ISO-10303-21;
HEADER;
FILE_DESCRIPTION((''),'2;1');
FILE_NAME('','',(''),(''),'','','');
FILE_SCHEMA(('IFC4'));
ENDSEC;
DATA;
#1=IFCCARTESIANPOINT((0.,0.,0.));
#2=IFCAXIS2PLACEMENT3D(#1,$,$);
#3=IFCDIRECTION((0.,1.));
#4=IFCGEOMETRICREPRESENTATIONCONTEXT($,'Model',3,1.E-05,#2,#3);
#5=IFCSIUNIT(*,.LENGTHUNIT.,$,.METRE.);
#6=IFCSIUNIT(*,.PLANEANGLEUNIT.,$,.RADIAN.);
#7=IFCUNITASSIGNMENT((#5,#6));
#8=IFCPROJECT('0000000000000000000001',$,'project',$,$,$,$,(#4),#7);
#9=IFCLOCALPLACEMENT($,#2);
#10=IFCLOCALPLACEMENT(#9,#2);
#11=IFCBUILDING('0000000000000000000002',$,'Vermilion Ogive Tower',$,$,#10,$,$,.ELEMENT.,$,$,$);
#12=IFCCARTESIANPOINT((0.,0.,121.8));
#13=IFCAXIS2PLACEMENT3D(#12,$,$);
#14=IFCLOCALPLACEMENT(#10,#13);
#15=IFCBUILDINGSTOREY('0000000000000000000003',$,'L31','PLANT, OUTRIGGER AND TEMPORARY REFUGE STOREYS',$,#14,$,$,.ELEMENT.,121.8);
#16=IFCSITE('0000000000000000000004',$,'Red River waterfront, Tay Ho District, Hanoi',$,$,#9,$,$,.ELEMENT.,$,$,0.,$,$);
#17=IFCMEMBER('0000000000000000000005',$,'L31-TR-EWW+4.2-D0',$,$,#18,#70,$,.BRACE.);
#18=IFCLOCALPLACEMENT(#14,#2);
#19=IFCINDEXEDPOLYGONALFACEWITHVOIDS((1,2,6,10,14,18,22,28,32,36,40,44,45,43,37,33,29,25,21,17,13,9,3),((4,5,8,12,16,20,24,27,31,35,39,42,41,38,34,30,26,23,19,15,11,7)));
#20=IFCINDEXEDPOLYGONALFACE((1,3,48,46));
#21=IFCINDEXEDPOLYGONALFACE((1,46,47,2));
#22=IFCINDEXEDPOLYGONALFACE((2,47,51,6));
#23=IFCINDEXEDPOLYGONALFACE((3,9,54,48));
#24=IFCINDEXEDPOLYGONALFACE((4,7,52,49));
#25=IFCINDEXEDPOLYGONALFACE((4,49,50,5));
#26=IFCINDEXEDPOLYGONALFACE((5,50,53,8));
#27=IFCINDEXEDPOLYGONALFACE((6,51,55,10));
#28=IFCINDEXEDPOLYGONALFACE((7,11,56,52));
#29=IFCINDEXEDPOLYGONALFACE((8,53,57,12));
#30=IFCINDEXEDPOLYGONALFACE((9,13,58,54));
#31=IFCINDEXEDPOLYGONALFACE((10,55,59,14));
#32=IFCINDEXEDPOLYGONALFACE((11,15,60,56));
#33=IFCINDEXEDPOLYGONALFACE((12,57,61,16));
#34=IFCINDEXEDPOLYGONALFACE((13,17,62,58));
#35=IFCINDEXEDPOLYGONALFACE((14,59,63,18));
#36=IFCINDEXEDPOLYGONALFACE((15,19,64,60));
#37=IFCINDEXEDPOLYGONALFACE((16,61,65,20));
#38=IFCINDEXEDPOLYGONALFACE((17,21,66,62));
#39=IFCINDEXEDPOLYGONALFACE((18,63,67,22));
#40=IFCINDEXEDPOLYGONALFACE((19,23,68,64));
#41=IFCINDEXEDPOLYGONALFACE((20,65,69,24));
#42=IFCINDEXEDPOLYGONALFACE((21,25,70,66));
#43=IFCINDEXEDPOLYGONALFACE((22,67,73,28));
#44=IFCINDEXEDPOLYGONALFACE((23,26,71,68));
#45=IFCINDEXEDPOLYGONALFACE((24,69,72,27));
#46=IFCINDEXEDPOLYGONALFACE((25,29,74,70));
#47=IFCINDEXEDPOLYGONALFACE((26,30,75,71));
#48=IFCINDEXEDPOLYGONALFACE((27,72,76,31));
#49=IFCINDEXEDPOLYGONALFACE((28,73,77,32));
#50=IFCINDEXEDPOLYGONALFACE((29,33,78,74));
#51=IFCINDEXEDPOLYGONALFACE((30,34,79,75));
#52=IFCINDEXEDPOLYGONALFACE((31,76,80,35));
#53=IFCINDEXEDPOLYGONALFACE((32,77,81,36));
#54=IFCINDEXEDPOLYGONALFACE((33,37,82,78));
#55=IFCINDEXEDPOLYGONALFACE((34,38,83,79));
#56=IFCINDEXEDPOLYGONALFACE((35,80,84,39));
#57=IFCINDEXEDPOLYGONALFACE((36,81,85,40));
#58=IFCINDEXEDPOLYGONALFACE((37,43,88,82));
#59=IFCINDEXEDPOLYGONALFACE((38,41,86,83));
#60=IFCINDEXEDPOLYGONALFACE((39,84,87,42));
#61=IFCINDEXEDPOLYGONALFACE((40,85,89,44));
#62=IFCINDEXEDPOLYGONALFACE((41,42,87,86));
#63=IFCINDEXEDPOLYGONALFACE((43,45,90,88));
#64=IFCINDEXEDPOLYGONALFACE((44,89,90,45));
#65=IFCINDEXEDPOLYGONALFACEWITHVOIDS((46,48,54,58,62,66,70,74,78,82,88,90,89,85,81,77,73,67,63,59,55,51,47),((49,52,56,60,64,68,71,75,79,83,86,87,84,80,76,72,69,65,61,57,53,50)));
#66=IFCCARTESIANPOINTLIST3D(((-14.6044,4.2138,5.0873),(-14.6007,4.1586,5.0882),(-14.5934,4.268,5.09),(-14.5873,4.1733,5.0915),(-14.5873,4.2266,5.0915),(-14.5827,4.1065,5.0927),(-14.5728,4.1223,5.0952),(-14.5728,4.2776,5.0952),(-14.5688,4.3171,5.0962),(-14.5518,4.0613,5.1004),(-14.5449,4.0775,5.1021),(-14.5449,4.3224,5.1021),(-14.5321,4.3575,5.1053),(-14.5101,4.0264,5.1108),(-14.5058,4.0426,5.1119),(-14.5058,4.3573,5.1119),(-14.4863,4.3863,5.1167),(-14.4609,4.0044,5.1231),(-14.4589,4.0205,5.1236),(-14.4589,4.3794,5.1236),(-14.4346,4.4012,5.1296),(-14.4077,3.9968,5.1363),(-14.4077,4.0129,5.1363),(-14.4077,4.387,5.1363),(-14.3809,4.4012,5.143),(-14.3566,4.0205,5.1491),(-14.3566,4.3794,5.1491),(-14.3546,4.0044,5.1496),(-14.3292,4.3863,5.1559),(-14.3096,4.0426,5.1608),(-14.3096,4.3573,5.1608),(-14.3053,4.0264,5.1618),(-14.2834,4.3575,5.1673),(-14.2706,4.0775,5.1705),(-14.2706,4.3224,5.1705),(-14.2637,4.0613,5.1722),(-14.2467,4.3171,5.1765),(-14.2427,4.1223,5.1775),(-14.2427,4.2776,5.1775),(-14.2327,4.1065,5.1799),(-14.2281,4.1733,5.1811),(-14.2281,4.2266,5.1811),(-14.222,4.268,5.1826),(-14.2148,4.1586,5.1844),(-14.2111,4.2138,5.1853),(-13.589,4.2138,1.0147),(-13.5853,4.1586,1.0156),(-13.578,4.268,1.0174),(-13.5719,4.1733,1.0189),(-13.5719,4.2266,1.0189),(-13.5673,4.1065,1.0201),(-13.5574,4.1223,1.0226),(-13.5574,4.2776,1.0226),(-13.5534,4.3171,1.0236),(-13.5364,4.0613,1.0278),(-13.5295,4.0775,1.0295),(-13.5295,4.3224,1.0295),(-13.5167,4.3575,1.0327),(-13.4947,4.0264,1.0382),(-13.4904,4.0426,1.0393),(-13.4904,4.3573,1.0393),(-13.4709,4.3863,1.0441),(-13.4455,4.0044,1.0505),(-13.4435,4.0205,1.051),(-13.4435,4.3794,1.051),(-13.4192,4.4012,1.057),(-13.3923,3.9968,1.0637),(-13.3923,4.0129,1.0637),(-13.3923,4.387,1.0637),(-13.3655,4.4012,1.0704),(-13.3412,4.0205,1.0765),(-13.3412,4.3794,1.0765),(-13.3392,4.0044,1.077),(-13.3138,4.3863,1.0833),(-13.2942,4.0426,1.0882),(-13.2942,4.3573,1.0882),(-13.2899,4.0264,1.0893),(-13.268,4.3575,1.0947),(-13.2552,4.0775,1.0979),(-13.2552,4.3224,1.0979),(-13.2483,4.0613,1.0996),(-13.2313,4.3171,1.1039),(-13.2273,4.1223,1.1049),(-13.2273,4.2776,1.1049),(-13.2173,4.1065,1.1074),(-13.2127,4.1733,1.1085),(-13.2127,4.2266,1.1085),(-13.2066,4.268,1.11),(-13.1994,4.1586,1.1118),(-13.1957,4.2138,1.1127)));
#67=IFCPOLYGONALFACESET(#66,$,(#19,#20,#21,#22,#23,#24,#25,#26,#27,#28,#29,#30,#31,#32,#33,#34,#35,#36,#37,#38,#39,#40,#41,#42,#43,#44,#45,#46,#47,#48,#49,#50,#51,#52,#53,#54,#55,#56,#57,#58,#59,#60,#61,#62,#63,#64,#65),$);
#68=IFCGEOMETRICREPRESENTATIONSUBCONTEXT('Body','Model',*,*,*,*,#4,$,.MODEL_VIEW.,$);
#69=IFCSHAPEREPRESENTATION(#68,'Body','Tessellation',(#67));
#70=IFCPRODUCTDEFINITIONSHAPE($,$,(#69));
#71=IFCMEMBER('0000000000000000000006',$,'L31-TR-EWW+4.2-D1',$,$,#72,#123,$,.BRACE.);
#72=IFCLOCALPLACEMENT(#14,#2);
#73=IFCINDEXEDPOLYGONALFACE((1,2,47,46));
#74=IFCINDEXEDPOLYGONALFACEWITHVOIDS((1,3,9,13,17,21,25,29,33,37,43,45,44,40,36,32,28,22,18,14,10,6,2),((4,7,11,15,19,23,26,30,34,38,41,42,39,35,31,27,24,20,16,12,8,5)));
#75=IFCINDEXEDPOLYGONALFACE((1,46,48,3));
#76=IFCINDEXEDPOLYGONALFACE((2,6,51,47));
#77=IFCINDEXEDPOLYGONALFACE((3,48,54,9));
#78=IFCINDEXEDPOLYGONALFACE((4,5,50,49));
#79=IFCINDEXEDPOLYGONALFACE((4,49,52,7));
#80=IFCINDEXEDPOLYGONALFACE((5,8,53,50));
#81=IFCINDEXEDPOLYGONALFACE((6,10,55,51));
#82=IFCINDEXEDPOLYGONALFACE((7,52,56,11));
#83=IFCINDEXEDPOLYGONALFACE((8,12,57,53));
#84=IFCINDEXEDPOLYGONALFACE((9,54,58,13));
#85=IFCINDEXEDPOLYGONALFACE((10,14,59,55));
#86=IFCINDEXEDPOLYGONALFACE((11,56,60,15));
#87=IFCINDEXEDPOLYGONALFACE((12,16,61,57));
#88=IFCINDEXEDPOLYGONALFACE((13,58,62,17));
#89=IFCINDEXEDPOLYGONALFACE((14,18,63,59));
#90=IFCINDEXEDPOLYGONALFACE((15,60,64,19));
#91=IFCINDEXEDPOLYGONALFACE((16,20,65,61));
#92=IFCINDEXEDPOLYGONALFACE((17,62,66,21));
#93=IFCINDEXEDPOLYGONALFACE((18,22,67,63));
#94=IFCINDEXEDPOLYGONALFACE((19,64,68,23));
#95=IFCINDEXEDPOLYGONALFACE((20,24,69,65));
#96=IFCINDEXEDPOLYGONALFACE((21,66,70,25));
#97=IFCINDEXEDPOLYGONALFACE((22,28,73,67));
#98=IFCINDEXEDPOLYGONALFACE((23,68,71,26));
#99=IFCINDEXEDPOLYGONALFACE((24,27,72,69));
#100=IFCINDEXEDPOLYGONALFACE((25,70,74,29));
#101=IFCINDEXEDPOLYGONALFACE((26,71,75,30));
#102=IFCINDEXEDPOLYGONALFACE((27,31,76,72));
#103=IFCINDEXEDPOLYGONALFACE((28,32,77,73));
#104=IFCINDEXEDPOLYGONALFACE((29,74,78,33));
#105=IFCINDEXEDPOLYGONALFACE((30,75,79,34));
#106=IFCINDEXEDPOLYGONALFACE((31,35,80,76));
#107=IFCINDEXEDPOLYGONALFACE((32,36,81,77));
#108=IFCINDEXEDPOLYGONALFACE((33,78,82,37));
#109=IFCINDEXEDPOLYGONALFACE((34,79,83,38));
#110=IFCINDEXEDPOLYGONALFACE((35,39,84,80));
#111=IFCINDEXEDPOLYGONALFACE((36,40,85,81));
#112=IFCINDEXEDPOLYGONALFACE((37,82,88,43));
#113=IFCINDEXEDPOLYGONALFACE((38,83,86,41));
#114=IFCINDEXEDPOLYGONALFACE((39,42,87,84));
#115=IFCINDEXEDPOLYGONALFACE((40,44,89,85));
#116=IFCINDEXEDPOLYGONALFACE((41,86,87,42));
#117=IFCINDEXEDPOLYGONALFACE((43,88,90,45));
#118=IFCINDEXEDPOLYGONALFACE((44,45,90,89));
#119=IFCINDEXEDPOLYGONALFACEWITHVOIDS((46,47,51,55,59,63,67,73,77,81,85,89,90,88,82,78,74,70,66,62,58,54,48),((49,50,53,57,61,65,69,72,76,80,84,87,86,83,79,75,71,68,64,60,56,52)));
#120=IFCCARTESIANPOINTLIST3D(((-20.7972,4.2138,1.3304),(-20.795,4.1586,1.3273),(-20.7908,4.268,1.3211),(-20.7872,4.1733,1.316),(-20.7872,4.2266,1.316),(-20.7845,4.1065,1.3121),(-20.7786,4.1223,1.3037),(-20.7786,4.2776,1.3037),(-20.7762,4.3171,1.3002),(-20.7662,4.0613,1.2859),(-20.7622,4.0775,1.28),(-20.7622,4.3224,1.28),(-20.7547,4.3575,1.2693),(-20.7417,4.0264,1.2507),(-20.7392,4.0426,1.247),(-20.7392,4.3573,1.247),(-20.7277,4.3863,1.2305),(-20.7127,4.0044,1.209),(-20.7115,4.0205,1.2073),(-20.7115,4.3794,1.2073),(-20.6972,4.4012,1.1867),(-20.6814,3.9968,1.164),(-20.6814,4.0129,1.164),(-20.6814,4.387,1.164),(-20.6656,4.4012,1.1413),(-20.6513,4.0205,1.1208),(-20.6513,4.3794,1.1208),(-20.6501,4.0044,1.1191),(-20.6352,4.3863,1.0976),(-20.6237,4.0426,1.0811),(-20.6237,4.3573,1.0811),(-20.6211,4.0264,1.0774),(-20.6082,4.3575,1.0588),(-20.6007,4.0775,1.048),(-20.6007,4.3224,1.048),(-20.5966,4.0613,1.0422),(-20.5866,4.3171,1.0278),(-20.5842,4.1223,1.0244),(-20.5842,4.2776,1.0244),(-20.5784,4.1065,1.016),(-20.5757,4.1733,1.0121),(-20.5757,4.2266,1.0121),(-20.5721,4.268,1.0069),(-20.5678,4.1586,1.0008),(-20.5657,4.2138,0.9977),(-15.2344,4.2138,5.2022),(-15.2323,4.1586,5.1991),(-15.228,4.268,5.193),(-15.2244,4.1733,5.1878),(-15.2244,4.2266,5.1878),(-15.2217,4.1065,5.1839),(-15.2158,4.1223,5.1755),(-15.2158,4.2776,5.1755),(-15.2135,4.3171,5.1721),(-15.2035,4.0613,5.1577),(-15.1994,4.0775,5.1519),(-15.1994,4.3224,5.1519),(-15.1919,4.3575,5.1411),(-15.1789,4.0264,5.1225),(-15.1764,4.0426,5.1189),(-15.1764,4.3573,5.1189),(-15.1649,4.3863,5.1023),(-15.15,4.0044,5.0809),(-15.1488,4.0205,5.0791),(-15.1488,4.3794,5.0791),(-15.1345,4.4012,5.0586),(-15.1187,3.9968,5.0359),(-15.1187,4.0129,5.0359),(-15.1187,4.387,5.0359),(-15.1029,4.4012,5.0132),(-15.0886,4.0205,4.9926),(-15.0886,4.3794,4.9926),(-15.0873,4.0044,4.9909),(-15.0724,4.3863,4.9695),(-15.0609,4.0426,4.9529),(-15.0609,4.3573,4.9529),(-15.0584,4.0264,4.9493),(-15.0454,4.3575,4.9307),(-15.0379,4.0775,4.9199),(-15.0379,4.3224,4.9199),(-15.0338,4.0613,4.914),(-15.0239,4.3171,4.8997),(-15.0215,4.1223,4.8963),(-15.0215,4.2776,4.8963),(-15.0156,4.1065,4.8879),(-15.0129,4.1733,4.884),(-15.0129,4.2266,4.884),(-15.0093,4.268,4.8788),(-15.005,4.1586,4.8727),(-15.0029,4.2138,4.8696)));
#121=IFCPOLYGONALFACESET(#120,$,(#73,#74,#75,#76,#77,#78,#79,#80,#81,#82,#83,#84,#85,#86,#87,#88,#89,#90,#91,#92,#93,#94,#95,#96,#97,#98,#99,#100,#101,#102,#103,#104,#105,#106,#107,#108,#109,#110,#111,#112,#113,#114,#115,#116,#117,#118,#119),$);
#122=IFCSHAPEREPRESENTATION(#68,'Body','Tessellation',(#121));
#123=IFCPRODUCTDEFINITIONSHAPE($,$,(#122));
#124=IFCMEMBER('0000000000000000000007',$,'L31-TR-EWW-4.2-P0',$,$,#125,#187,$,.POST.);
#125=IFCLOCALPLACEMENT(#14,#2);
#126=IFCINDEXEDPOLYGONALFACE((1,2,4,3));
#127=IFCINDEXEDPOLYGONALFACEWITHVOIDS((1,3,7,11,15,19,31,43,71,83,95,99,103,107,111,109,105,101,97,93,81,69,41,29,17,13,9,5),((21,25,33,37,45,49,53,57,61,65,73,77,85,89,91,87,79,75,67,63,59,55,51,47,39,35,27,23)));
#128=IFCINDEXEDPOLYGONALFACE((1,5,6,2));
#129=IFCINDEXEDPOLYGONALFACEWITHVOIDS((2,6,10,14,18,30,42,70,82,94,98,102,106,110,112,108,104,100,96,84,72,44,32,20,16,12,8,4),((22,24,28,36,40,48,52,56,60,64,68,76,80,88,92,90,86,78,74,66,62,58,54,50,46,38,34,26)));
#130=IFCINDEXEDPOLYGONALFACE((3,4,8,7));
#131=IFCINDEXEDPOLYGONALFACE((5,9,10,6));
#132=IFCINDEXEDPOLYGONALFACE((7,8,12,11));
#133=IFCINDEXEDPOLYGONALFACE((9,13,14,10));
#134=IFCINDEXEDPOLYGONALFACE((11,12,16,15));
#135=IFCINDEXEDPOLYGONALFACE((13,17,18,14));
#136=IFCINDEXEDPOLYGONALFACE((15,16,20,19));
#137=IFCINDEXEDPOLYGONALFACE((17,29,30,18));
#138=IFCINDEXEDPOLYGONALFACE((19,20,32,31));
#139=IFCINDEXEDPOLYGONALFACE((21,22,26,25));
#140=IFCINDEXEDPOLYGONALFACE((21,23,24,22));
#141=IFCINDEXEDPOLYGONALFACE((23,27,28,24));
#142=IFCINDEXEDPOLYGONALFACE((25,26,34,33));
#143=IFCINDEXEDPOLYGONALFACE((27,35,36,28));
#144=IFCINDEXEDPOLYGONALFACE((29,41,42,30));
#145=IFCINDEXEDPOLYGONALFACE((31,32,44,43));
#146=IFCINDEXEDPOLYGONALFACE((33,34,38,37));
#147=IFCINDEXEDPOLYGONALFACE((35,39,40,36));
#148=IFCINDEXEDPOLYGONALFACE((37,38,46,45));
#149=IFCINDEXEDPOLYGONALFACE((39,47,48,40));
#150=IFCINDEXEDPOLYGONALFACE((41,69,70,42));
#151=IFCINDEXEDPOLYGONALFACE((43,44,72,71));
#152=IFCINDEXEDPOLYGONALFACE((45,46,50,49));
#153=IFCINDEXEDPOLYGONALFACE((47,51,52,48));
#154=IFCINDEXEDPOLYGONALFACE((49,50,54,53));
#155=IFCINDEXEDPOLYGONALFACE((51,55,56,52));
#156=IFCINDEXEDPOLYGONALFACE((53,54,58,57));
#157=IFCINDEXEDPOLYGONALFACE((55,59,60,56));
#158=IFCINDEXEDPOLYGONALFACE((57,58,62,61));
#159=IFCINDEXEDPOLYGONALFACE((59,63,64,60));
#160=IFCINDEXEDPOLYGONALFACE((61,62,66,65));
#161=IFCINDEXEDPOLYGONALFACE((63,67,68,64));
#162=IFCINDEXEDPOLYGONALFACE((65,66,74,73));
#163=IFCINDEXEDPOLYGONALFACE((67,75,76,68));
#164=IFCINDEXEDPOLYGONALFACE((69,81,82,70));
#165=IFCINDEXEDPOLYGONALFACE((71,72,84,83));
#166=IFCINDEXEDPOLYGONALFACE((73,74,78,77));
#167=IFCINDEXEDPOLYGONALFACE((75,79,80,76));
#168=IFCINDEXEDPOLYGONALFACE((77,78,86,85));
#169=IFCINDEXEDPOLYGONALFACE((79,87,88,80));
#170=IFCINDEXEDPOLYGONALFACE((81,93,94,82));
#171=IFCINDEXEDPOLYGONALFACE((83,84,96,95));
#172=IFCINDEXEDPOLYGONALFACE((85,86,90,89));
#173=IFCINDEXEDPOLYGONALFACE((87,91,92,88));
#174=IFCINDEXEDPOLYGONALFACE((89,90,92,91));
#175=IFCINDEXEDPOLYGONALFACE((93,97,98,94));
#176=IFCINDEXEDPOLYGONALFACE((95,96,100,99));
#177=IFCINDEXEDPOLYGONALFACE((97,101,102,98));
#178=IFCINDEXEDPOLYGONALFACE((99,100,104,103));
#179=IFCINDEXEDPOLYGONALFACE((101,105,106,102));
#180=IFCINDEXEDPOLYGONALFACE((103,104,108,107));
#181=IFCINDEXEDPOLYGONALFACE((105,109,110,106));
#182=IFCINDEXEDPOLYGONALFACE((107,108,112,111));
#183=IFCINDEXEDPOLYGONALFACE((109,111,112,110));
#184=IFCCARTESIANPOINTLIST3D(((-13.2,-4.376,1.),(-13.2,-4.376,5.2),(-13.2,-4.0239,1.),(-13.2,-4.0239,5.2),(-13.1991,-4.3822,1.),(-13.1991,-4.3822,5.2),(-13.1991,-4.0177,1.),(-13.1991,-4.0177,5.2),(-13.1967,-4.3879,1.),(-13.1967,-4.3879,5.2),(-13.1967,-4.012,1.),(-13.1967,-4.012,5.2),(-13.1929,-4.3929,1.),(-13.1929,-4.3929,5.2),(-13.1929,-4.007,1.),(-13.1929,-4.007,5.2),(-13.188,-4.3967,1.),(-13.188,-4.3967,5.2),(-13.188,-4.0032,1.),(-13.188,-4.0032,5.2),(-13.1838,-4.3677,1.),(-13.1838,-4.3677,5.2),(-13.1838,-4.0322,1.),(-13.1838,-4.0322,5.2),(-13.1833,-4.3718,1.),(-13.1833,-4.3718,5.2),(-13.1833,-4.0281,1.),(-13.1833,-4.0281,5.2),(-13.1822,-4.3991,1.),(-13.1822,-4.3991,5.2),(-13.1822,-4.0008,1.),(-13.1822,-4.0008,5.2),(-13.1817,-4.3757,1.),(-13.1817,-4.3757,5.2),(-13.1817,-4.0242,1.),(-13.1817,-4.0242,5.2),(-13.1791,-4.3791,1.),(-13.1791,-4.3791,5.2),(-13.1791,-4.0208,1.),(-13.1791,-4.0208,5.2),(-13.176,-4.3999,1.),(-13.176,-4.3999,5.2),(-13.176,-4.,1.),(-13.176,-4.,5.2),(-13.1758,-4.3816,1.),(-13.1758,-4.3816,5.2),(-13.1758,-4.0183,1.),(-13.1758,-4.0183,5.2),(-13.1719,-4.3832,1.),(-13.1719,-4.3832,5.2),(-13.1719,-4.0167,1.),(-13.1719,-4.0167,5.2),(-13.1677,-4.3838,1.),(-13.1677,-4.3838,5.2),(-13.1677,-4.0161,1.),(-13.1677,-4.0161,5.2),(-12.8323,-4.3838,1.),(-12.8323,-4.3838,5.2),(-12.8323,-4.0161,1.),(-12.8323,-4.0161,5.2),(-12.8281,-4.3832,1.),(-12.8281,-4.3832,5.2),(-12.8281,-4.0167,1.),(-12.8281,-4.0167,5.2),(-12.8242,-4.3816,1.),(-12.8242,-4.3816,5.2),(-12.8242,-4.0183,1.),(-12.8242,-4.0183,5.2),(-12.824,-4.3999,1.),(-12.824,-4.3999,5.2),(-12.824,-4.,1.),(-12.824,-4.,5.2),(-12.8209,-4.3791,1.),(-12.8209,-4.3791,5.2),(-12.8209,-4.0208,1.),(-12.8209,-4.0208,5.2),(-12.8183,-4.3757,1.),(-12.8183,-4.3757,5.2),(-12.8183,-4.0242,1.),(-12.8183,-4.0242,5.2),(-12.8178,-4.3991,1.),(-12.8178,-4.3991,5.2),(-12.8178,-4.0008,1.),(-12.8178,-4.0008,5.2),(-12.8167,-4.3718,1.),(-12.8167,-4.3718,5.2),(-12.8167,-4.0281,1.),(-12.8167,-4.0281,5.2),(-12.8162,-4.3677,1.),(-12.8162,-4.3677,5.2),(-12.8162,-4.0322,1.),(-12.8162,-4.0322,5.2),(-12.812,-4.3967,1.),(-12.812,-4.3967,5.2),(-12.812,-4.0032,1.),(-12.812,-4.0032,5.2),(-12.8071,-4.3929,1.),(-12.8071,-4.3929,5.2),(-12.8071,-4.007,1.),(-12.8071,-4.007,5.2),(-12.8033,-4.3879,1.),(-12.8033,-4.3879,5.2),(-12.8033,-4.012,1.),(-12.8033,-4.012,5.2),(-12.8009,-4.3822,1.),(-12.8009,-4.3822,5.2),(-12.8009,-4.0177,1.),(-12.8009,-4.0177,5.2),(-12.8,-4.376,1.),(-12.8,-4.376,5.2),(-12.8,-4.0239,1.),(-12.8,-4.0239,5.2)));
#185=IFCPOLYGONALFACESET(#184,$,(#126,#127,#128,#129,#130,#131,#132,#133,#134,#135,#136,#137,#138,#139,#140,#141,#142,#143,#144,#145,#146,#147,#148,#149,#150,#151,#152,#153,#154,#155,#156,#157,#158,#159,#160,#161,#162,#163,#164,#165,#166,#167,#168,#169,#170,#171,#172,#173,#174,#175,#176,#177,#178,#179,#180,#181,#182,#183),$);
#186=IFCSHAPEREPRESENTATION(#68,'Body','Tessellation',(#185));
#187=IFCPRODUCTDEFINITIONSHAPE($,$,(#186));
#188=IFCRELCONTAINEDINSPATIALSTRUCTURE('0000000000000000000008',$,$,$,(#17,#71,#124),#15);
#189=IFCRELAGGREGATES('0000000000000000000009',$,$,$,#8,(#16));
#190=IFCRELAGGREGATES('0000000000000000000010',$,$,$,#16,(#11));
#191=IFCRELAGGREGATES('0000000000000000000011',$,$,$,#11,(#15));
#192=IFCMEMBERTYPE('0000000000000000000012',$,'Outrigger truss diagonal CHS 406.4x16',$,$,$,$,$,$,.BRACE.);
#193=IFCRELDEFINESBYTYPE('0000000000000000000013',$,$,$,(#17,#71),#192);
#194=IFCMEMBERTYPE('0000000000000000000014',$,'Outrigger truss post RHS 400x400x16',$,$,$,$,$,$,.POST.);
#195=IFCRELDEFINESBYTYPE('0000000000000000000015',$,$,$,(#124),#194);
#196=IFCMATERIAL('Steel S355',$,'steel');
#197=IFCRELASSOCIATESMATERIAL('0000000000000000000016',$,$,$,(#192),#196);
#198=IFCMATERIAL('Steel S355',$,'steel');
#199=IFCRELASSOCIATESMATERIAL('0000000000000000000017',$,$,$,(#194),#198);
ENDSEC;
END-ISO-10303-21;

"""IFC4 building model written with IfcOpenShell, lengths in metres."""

from ifc_helpers import new_model, si_unit, direction, frame, origin, origin_2d, place, context, subcontext, project, spatial, hollow_rectangle, hollow_circle, extrude, material, material_profile, profile_set, type_object, element, save


model = new_model("IFC4")

# Units and contexts
model_context = context("Model", 3, precision=1e-05, world=origin(), true_north=direction((0.0, 1.0)))
body_context = subcontext(model_context, "Body", "Model", "MODEL_VIEW")
ifc_project = project(units=[si_unit("LENGTHUNIT", "METRE"), si_unit("PLANEANGLEUNIT", "RADIAN")], contexts=[model_context])

# Site, building, storey
site_placement = place(None, origin())
site = spatial("IfcSite", under=ifc_project, at=site_placement, Name="Red River waterfront, Tay Ho District, Hanoi", CompositionType="ELEMENT", RefElevation=0.0)
building_placement = place(site_placement, origin())
building = spatial("IfcBuilding", under=site, at=building_placement, Name="Vermilion Ogive Tower", CompositionType="ELEMENT")
storey_placement = place(building_placement, frame((0.0, 0.0, 121.8)))
storey = spatial("IfcBuildingStorey", under=building, at=storey_placement, Name="L31", Description="PLANT, OUTRIGGER AND TEMPORARY REFUGE STOREYS", CompositionType="ELEMENT", Elevation=121.8)

# Members
ifc_material_1 = material(Name="Steel S355", Category="steel")
ifc_material_profile_1 = material_profile(ifc_material_1, hollow_circle(Radius=0.2031, WallThickness=0.0161, at=origin_2d()), Name="CHS 406.4x16")
ifc_profile_set_1 = profile_set([ifc_material_profile_1], Name="Steel S355")
member_type_1 = type_object("IfcMemberType", Name="Outrigger truss diagonal CHS 406.4x16", PredefinedType="BRACE", material=ifc_profile_set_1)
for number, where, z_axis, x_axis, name in (
    (1, (-13.3923, 4.2, 1.0637), (-0.24192, 0.0, 0.970296), (0.0, -1.0, 0.0), "L31-TR-EWW+4.2-D0"),
):
    element("IfcMember", number, at=place(storey_placement, frame(where, z_axis=z_axis, x_axis=x_axis)), inside=storey, type_object=member_type_1, Name=name, PredefinedType="BRACE", context=body_context, shape_type="SweptSolid", body=[
        extrude(hollow_circle(Radius=0.2031, WallThickness=0.0161, at=origin_2d()), origin(), (0.0, 0.0, 1.0), 4.1973),
    ])
member_placement = place(storey_placement, frame((-15.1187, 4.2, 5.0359), z_axis=(-0.820761, 0.0, -0.571272), x_axis=(0.0, -1.0, 0.0)))
element("IfcMember", 2, at=member_placement, inside=storey, type_object=member_type_1, Name="L31-TR-EWW+4.2-D1", PredefinedType="BRACE", context=body_context, shape_type="SweptSolid", body=[
    extrude(hollow_circle(Radius=0.2031, WallThickness=0.0161, at=origin_2d()), origin(), (0.0, 0.0, 1.0), 6.7776),
])
ifc_material_2 = material(Name="Steel S355", Category="steel")
ifc_material_profile_2 = material_profile(ifc_material_2, hollow_rectangle(XDim=0.3999, YDim=0.3999, WallThickness=0.0161, InnerFilletRadius=0.0161, OuterFilletRadius=0.0239, at=origin_2d()), Name="RHS 400x400x16")
ifc_profile_set_2 = profile_set([ifc_material_profile_2], Name="Steel S355")
member_type_2 = type_object("IfcMemberType", Name="Outrigger truss post RHS 400x400x16", PredefinedType="POST", material=ifc_profile_set_2)
for number, where, z_axis, x_axis, name in (
    (3, (-13.0, -4.2, 1.0), (0.0, 0.0, 1.0), (1.0, 0.0, 0.0), "L31-TR-EWW-4.2-P0"),
):
    element("IfcMember", number, at=place(storey_placement, frame(where, z_axis=z_axis, x_axis=x_axis)), inside=storey, type_object=member_type_2, Name=name, PredefinedType="POST", context=body_context, shape_type="SweptSolid", body=[
        extrude(hollow_rectangle(XDim=0.3999, YDim=0.3999, WallThickness=0.0161, InnerFilletRadius=0.0161, OuterFilletRadius=0.0239, at=origin_2d()), origin(), (0.0, 0.0, 1.0), 4.2),
    ])

save(model, "model.ifc")
